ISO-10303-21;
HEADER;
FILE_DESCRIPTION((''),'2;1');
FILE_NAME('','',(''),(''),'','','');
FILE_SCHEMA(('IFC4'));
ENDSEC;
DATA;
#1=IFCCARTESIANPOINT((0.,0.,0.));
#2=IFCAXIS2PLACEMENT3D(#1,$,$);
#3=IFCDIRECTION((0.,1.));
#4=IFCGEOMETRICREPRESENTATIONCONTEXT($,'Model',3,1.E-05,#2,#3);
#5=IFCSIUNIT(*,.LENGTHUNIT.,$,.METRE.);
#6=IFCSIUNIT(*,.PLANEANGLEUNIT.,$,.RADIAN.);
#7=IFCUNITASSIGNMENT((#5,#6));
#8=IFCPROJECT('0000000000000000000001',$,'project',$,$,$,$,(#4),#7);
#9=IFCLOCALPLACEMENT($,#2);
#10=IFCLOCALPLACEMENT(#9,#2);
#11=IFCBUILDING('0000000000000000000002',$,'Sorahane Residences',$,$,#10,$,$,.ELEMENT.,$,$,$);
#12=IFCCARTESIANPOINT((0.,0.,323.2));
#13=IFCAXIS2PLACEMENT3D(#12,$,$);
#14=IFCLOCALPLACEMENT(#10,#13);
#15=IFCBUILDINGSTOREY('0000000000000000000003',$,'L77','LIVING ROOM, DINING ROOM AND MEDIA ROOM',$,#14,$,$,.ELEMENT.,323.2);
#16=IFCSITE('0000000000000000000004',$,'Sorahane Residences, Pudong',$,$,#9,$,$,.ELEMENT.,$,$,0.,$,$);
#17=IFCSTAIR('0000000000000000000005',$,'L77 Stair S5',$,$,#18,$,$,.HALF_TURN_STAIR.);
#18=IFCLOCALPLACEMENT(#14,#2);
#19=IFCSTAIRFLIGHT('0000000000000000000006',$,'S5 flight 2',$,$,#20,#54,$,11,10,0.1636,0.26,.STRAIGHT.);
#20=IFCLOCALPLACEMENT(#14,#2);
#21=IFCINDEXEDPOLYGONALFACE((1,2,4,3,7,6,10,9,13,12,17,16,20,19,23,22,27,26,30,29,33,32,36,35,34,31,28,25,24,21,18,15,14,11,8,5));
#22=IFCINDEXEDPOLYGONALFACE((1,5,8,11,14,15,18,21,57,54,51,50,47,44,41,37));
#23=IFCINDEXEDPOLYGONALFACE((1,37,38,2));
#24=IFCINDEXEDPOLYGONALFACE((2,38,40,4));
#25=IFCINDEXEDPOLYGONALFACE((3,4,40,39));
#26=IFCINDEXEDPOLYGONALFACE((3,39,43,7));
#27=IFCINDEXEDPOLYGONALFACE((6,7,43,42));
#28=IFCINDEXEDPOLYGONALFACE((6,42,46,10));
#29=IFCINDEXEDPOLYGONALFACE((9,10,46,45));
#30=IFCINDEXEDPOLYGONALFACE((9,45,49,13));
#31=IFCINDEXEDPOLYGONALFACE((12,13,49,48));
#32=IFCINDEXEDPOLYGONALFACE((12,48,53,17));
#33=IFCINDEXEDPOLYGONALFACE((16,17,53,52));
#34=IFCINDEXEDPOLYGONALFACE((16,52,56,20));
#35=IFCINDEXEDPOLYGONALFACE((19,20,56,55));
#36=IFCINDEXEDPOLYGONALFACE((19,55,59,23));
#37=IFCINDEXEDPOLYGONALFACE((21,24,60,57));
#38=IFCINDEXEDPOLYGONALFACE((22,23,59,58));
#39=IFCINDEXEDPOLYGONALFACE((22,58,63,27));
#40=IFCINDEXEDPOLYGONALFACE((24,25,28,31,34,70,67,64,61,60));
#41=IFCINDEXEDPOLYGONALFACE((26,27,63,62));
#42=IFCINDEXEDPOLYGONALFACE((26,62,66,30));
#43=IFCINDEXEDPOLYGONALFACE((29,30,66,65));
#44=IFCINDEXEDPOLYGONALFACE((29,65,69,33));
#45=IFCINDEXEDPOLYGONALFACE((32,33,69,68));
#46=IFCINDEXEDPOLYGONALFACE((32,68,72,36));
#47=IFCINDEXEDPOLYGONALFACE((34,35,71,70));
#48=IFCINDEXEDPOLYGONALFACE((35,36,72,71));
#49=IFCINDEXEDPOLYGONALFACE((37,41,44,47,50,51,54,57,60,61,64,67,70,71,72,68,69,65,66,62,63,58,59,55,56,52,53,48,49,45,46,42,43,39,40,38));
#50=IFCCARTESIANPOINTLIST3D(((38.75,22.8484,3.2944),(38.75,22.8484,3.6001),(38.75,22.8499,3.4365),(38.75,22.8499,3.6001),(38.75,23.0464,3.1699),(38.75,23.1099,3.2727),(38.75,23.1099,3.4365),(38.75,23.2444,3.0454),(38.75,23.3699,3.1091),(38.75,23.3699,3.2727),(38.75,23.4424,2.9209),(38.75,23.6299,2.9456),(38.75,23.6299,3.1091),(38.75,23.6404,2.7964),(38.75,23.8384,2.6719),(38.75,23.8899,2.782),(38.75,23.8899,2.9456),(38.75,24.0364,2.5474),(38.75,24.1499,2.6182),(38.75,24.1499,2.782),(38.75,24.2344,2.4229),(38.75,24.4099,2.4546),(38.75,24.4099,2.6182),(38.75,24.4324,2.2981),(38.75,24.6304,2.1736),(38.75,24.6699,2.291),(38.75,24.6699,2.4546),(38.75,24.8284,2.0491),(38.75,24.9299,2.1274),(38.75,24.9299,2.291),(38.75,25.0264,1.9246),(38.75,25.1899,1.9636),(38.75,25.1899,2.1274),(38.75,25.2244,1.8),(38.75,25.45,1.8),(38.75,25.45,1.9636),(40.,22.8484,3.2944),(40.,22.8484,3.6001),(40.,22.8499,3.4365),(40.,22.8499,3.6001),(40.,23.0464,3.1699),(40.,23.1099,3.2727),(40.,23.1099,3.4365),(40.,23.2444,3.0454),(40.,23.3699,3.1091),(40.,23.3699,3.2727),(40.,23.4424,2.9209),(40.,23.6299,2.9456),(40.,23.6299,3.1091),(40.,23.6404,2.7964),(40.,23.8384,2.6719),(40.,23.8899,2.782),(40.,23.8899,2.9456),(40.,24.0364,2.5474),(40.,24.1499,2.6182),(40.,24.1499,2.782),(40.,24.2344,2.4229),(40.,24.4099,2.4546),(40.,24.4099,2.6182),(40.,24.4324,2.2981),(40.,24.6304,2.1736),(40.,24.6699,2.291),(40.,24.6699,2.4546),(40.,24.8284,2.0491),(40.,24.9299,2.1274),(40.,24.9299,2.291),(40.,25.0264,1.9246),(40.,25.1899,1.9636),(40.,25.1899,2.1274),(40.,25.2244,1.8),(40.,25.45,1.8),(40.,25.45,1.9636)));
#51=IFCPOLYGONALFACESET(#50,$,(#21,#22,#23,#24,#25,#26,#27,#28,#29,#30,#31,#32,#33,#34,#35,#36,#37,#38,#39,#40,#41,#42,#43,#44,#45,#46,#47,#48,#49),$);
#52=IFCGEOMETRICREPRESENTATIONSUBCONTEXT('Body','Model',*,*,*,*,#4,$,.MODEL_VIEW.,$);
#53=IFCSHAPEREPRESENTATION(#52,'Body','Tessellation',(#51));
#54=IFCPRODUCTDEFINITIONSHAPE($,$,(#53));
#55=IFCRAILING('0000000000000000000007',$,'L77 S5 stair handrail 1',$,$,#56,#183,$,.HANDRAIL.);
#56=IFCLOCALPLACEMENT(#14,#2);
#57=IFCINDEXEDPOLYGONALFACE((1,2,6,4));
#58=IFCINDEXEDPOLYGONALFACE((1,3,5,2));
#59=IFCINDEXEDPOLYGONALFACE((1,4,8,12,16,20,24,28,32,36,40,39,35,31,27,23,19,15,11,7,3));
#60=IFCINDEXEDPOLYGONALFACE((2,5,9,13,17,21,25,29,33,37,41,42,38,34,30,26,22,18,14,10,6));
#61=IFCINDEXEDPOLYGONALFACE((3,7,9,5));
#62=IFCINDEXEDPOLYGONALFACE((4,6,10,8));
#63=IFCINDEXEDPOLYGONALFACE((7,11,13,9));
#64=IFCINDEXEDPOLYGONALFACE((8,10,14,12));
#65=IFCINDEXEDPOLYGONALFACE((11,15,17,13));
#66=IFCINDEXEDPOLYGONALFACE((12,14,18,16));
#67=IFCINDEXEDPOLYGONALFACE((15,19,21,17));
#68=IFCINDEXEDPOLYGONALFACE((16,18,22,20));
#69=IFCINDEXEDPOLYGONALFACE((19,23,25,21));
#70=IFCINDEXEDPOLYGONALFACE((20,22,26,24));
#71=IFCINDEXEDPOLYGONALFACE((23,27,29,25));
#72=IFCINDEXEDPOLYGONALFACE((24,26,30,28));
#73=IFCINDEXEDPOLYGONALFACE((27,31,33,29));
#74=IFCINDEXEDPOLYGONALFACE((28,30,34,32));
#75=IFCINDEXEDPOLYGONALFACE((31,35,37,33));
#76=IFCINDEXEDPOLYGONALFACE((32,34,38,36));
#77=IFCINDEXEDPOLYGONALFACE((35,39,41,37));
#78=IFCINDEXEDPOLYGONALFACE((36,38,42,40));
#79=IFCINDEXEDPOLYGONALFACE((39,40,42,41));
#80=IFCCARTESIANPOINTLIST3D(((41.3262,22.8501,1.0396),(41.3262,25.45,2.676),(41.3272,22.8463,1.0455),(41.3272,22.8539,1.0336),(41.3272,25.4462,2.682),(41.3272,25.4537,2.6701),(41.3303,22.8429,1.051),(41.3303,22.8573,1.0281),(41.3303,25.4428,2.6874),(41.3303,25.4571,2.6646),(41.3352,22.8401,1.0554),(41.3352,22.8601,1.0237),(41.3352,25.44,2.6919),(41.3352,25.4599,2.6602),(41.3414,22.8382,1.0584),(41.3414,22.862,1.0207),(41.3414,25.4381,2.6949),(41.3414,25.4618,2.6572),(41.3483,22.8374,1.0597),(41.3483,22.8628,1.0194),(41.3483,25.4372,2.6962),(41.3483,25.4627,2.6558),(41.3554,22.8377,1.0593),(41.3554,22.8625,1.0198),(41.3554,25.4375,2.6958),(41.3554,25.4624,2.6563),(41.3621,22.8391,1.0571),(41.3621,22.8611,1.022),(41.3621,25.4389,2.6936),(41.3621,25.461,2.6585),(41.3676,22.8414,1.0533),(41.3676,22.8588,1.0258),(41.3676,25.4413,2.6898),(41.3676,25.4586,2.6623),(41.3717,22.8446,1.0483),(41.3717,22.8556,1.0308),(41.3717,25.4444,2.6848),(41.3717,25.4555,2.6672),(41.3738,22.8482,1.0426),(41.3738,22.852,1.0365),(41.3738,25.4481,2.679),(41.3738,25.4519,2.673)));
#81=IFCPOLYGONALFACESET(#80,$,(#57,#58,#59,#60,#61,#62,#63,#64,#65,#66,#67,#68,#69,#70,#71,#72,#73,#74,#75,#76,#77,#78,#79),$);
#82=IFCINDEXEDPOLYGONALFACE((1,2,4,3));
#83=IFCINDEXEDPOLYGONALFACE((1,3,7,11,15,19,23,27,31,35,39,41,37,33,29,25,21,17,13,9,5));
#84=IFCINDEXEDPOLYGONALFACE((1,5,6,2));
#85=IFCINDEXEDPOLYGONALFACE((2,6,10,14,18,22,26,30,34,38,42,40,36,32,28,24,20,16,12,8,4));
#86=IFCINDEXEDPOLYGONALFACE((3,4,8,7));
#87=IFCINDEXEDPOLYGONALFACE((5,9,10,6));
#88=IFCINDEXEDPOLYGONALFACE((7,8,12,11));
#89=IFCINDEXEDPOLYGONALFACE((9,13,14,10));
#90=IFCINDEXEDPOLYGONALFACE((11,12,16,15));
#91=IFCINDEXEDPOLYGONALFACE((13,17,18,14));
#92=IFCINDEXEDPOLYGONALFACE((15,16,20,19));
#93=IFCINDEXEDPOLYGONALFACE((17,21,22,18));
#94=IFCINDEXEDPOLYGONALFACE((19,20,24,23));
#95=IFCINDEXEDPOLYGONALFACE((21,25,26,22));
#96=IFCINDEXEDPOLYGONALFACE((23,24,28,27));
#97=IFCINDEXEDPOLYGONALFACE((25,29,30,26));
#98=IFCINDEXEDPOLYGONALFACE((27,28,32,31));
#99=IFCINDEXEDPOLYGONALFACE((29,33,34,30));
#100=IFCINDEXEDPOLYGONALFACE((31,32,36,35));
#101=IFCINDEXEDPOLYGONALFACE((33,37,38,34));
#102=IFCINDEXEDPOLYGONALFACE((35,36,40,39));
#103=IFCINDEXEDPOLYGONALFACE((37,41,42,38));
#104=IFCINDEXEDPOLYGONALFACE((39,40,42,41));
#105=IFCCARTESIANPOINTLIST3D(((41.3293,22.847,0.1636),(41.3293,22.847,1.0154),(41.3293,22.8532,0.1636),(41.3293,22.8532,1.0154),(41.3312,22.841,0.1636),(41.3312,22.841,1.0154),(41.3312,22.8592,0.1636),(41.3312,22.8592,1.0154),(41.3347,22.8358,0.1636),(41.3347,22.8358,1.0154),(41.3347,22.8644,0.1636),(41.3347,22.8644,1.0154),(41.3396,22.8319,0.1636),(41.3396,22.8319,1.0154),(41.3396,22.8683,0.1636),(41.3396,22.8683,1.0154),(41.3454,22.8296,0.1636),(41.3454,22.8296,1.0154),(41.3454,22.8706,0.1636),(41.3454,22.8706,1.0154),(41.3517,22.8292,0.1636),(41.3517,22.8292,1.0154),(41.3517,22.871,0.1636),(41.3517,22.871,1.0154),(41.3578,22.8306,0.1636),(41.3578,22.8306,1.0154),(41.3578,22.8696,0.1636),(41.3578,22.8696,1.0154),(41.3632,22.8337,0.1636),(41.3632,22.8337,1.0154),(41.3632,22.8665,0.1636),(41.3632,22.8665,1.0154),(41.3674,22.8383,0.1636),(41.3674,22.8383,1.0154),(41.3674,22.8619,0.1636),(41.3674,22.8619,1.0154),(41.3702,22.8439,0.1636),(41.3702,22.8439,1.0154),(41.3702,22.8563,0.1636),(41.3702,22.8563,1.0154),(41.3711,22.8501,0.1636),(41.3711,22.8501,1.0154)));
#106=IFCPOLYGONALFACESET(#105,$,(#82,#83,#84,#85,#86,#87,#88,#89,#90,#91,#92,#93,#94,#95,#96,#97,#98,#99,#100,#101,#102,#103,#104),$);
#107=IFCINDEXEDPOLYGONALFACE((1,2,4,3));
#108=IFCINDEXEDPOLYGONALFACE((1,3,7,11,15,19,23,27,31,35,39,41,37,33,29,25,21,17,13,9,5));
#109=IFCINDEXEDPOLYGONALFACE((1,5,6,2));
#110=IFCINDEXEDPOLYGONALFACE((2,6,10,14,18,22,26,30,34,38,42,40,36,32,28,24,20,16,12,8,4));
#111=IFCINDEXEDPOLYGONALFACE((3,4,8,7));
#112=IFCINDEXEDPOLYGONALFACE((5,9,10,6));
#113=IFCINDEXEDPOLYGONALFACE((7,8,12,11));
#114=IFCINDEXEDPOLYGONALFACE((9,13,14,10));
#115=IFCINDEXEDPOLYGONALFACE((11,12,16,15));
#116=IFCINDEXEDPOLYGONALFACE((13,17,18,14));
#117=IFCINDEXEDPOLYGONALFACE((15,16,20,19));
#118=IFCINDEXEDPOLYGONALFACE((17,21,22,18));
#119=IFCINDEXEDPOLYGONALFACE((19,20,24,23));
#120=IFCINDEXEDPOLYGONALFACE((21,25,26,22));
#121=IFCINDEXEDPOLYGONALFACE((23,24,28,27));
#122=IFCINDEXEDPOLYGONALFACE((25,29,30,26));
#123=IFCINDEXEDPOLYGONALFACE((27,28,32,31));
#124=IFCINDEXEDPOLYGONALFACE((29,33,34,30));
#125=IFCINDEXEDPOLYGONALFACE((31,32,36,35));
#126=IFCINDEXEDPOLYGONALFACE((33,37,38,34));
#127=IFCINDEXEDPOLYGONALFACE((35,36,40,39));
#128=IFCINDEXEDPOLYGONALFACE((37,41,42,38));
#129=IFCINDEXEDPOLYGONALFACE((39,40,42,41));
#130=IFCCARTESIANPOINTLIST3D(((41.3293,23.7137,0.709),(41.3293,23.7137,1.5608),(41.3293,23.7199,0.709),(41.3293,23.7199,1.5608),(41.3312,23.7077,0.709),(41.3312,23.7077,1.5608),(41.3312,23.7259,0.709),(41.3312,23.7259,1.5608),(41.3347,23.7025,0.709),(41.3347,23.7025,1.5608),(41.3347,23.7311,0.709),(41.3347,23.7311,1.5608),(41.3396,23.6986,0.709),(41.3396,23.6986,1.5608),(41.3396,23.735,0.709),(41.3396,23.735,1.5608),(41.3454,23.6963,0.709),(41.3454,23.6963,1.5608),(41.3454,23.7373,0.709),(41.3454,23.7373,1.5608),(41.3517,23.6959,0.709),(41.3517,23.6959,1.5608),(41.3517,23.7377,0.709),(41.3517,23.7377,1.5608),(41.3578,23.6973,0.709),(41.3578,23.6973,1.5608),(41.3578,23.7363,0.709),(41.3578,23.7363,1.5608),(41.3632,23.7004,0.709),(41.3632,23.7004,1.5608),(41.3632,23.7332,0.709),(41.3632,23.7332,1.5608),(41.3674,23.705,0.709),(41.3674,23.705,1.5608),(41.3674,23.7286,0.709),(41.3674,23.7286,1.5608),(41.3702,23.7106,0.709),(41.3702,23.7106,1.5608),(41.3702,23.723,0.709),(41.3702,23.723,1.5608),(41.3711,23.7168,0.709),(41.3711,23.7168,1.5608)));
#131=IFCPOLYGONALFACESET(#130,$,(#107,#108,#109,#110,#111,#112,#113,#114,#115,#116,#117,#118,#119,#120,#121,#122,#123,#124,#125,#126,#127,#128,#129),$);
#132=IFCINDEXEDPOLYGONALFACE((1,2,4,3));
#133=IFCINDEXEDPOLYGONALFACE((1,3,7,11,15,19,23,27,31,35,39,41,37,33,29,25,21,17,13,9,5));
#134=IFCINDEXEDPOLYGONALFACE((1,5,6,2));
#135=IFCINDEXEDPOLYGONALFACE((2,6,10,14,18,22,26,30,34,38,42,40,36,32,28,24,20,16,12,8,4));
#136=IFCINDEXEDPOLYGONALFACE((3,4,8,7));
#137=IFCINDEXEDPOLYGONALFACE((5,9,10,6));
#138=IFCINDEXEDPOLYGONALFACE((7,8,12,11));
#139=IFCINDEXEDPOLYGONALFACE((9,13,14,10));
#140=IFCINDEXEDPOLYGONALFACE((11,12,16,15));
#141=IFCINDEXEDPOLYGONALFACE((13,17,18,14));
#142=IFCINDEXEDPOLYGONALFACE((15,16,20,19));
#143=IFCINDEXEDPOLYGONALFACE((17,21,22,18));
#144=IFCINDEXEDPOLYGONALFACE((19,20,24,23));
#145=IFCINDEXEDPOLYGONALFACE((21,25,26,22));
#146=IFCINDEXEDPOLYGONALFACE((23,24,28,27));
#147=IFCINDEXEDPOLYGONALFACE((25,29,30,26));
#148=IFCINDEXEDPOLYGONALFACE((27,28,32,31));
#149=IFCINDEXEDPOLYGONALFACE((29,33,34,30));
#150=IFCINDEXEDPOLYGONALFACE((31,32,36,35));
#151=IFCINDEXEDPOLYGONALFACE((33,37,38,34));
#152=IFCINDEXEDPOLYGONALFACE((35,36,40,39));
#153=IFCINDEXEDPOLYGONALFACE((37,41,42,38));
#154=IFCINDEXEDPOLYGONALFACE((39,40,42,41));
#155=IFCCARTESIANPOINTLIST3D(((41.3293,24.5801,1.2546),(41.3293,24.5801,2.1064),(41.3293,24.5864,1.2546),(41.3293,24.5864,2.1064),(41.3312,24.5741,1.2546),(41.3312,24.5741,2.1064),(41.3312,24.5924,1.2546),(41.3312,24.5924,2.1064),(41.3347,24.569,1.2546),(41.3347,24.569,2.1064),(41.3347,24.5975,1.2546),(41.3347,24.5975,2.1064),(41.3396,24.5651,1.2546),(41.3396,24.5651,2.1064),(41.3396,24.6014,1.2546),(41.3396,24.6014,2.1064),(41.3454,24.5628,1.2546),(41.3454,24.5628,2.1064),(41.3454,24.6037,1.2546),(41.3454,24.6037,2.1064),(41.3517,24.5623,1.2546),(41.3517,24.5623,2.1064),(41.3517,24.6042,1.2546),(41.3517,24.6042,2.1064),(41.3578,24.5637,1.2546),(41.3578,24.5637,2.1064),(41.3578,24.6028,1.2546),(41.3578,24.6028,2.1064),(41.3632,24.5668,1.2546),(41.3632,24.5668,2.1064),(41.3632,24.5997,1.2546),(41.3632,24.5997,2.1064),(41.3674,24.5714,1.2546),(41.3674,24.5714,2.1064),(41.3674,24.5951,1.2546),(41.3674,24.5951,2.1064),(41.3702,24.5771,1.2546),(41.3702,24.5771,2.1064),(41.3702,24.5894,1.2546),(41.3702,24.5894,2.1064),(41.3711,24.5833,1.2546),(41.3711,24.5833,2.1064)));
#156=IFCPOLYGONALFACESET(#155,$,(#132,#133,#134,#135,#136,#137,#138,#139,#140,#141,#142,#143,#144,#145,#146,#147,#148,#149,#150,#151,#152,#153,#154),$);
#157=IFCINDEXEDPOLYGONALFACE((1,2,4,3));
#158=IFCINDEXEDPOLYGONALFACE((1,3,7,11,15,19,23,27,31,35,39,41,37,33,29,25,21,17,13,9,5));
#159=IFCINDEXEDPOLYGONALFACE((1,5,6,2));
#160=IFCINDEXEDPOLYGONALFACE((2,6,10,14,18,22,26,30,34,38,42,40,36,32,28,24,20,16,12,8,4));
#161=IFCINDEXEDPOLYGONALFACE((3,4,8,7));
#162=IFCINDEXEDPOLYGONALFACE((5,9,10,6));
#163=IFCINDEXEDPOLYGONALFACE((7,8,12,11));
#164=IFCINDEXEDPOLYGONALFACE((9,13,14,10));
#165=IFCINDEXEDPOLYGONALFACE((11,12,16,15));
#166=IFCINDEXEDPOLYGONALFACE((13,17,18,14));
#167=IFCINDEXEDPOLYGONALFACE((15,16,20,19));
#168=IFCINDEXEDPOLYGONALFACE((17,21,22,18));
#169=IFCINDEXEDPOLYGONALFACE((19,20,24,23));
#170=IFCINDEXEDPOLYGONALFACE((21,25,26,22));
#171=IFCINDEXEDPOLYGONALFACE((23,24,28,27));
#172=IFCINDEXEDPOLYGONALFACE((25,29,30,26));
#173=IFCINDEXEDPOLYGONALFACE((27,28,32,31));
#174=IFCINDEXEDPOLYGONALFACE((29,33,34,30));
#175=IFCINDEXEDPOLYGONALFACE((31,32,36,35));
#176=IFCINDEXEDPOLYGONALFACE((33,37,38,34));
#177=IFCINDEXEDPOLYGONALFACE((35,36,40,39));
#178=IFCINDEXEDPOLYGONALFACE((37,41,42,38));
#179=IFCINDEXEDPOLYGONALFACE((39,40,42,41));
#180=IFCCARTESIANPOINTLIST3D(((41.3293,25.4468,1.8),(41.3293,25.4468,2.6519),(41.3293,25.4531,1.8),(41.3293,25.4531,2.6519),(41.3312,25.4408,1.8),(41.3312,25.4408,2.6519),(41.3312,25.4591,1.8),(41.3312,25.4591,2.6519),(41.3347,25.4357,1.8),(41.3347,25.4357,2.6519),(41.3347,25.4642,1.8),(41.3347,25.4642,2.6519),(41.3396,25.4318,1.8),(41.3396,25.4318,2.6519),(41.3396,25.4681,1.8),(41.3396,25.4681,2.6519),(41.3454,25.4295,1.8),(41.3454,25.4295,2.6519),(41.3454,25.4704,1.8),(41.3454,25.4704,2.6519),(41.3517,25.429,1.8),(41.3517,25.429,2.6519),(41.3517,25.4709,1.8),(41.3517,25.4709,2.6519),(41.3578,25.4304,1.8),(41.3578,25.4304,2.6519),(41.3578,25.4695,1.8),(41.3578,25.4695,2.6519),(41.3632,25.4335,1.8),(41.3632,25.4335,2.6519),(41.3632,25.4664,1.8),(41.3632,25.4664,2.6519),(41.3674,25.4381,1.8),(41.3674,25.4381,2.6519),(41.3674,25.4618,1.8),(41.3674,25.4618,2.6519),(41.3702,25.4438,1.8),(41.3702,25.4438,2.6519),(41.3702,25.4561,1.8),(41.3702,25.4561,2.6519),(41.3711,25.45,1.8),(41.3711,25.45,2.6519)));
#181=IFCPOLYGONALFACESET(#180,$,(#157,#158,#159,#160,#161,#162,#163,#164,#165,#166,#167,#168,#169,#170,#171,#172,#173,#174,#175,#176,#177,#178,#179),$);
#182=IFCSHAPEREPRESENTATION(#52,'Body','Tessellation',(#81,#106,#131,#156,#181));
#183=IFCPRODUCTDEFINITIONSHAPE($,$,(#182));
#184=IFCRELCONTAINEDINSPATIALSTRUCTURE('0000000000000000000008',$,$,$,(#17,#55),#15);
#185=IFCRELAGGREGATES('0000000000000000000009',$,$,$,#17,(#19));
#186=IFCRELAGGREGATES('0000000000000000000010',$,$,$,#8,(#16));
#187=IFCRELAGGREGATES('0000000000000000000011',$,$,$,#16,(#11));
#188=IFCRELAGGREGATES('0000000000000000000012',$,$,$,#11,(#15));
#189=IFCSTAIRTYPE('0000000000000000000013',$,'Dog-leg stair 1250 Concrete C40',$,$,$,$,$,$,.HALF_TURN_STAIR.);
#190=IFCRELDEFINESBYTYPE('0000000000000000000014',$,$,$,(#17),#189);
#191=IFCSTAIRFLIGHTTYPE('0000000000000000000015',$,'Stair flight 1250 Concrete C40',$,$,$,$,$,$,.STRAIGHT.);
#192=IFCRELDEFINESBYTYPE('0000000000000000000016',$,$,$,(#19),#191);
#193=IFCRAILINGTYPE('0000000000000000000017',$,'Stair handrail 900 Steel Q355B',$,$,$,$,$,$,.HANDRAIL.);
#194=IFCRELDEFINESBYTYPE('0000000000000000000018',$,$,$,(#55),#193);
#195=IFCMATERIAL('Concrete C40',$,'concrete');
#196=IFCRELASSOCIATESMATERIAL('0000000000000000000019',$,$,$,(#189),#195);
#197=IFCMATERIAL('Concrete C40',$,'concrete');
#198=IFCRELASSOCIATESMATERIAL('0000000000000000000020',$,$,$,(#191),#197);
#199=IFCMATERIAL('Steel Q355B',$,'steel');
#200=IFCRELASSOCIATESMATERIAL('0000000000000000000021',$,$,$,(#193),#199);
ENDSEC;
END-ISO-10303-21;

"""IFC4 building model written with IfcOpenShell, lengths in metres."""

from ifc_helpers import new_model, si_unit, direction, frame, origin, origin_2d, place, context, subcontext, project, spatial, polyline, circle, outline, extrude, material, type_object, element, aggregate, save


model = new_model("IFC4")

# Units and contexts
model_context = context("Model", 3, precision=1e-05, world=origin(), true_north=direction((0.0, 1.0)))
body_context = subcontext(model_context, "Body", "Model", "MODEL_VIEW")
ifc_project = project(units=[si_unit("LENGTHUNIT", "METRE"), si_unit("PLANEANGLEUNIT", "RADIAN")], contexts=[model_context])

# Site, building, storey
site_placement = place(None, origin())
site = spatial("IfcSite", under=ifc_project, at=site_placement, Name="Sorahane Residences, Pudong", CompositionType="ELEMENT", RefElevation=0.0)
building_placement = place(site_placement, origin())
building = spatial("IfcBuilding", under=site, at=building_placement, Name="Sorahane Residences", CompositionType="ELEMENT")
storey_placement = place(building_placement, frame((0.0, 0.0, 323.2)))
storey = spatial("IfcBuildingStorey", under=building, at=storey_placement, Name="L77", Description="LIVING ROOM, DINING ROOM AND MEDIA ROOM", CompositionType="ELEMENT", Elevation=323.2)

# Stair, stair flight
ifc_material_1 = material(Name="Concrete C40", Category="concrete")
stair_type = type_object("IfcStairType", Name="Dog-leg stair 1250 Concrete C40", PredefinedType="HALF_TURN_STAIR", material=ifc_material_1)
stair_placement = place(storey_placement, origin())
stair = element("IfcStair", 1, at=stair_placement, inside=storey, type_object=stair_type, Name="L77 Stair S5", PredefinedType="HALF_TURN_STAIR")
ifc_material_2 = material(Name="Concrete C40", Category="concrete")
stair_flight_type = type_object("IfcStairFlightType", Name="Stair flight 1250 Concrete C40", PredefinedType="STRAIGHT", material=ifc_material_2)
stair_flight_1_placement = place(storey_placement, frame((39.375, 25.45, 1.8), z_axis=(0.0, 0.0, 1.0), x_axis=(0.0, -1.0, 0.0)))
stair_flight_1 = element("IfcStairFlight", 2, at=stair_flight_1_placement, type_object=stair_flight_type, Name="S5 flight 2", NumberOfRisers=11, NumberOfTreads=10, PredefinedType="STRAIGHT", RiserHeight=0.1636, TreadLength=0.26, context=body_context, shape_type="SweptSolid", body=[
    extrude(outline(polyline([(0.0, 0.0), (0.0, 0.1636), (0.26, 0.1636), (0.26, 0.3274), (0.52, 0.3274), (0.52, 0.491), (0.78, 0.491), (0.78, 0.6545), (1.04, 0.6545), (1.04, 0.8181), (1.3, 0.8181), (1.3, 0.9819), (1.5601, 0.9819), (1.5601, 1.1455), (1.8201, 1.1455), (1.8201, 1.3091), (2.0801, 1.3091), (2.0801, 1.4727), (2.3401, 1.4727), (2.3401, 1.6365), (2.6001, 1.6365), (2.6001, 1.8), (2.6016, 1.8), (2.6016, 1.4944), (2.4036, 1.3699), (2.2056, 1.2454), (2.0076, 1.1208), (1.8096, 0.9963), (1.6116, 0.8718), (1.4136, 0.7473), (1.2156, 0.6228), (1.0176, 0.498), (0.8196, 0.3735), (0.6216, 0.249), (0.4236, 0.1245), (0.2256, 0.0), (0.0, 0.0)])), frame((0.0, 0.625, 0.0), z_axis=(0.0, -1.0, 0.0), x_axis=(1.0, 0.0, 0.0)), (0.0, 0.0, 1.0), 1.25),
])
aggregate(stair, [stair_flight_1])

# Railing
ifc_material_3 = material(Name="Steel Q355B", Category="steel")
railing_type_1 = type_object("IfcRailingType", Name="Stair handrail 900 Steel Q355B", PredefinedType="HANDRAIL", material=ifc_material_3)
railing_1_placement = place(storey_placement, frame((41.3501, 22.8501, 0.1636)))
element("IfcRailing", 3, at=railing_1_placement, inside=storey, type_object=railing_type_1, Name="L77 S5 stair handrail 1", PredefinedType="HANDRAIL", context=body_context, shape_type="SweptSolid", body=[
    extrude(circle(Radius=0.0239, at=origin_2d()), frame((0.0, 0.0, 0.876), z_axis=(0.0, 0.846302, 0.532704), x_axis=(-1.0, 0.0, 0.0)), (0.0, 0.0, 1.0), 3.072),
    extrude(circle(Radius=0.021, at=origin_2d()), origin(), (0.0, 0.0, 1.0), 0.8518),
    extrude(circle(Radius=0.021, at=origin_2d()), frame((0.0, 0.8667, 0.5454)), (0.0, 0.0, 1.0), 0.8518),
    extrude(circle(Radius=0.021, at=origin_2d()), frame((0.0, 1.7332, 1.0911)), (0.0, 0.0, 1.0), 0.8518),
    extrude(circle(Radius=0.021, at=origin_2d()), frame((0.0, 2.5999, 1.6365)), (0.0, 0.0, 1.0), 0.8518),
])

save(model, "model.ifc")
